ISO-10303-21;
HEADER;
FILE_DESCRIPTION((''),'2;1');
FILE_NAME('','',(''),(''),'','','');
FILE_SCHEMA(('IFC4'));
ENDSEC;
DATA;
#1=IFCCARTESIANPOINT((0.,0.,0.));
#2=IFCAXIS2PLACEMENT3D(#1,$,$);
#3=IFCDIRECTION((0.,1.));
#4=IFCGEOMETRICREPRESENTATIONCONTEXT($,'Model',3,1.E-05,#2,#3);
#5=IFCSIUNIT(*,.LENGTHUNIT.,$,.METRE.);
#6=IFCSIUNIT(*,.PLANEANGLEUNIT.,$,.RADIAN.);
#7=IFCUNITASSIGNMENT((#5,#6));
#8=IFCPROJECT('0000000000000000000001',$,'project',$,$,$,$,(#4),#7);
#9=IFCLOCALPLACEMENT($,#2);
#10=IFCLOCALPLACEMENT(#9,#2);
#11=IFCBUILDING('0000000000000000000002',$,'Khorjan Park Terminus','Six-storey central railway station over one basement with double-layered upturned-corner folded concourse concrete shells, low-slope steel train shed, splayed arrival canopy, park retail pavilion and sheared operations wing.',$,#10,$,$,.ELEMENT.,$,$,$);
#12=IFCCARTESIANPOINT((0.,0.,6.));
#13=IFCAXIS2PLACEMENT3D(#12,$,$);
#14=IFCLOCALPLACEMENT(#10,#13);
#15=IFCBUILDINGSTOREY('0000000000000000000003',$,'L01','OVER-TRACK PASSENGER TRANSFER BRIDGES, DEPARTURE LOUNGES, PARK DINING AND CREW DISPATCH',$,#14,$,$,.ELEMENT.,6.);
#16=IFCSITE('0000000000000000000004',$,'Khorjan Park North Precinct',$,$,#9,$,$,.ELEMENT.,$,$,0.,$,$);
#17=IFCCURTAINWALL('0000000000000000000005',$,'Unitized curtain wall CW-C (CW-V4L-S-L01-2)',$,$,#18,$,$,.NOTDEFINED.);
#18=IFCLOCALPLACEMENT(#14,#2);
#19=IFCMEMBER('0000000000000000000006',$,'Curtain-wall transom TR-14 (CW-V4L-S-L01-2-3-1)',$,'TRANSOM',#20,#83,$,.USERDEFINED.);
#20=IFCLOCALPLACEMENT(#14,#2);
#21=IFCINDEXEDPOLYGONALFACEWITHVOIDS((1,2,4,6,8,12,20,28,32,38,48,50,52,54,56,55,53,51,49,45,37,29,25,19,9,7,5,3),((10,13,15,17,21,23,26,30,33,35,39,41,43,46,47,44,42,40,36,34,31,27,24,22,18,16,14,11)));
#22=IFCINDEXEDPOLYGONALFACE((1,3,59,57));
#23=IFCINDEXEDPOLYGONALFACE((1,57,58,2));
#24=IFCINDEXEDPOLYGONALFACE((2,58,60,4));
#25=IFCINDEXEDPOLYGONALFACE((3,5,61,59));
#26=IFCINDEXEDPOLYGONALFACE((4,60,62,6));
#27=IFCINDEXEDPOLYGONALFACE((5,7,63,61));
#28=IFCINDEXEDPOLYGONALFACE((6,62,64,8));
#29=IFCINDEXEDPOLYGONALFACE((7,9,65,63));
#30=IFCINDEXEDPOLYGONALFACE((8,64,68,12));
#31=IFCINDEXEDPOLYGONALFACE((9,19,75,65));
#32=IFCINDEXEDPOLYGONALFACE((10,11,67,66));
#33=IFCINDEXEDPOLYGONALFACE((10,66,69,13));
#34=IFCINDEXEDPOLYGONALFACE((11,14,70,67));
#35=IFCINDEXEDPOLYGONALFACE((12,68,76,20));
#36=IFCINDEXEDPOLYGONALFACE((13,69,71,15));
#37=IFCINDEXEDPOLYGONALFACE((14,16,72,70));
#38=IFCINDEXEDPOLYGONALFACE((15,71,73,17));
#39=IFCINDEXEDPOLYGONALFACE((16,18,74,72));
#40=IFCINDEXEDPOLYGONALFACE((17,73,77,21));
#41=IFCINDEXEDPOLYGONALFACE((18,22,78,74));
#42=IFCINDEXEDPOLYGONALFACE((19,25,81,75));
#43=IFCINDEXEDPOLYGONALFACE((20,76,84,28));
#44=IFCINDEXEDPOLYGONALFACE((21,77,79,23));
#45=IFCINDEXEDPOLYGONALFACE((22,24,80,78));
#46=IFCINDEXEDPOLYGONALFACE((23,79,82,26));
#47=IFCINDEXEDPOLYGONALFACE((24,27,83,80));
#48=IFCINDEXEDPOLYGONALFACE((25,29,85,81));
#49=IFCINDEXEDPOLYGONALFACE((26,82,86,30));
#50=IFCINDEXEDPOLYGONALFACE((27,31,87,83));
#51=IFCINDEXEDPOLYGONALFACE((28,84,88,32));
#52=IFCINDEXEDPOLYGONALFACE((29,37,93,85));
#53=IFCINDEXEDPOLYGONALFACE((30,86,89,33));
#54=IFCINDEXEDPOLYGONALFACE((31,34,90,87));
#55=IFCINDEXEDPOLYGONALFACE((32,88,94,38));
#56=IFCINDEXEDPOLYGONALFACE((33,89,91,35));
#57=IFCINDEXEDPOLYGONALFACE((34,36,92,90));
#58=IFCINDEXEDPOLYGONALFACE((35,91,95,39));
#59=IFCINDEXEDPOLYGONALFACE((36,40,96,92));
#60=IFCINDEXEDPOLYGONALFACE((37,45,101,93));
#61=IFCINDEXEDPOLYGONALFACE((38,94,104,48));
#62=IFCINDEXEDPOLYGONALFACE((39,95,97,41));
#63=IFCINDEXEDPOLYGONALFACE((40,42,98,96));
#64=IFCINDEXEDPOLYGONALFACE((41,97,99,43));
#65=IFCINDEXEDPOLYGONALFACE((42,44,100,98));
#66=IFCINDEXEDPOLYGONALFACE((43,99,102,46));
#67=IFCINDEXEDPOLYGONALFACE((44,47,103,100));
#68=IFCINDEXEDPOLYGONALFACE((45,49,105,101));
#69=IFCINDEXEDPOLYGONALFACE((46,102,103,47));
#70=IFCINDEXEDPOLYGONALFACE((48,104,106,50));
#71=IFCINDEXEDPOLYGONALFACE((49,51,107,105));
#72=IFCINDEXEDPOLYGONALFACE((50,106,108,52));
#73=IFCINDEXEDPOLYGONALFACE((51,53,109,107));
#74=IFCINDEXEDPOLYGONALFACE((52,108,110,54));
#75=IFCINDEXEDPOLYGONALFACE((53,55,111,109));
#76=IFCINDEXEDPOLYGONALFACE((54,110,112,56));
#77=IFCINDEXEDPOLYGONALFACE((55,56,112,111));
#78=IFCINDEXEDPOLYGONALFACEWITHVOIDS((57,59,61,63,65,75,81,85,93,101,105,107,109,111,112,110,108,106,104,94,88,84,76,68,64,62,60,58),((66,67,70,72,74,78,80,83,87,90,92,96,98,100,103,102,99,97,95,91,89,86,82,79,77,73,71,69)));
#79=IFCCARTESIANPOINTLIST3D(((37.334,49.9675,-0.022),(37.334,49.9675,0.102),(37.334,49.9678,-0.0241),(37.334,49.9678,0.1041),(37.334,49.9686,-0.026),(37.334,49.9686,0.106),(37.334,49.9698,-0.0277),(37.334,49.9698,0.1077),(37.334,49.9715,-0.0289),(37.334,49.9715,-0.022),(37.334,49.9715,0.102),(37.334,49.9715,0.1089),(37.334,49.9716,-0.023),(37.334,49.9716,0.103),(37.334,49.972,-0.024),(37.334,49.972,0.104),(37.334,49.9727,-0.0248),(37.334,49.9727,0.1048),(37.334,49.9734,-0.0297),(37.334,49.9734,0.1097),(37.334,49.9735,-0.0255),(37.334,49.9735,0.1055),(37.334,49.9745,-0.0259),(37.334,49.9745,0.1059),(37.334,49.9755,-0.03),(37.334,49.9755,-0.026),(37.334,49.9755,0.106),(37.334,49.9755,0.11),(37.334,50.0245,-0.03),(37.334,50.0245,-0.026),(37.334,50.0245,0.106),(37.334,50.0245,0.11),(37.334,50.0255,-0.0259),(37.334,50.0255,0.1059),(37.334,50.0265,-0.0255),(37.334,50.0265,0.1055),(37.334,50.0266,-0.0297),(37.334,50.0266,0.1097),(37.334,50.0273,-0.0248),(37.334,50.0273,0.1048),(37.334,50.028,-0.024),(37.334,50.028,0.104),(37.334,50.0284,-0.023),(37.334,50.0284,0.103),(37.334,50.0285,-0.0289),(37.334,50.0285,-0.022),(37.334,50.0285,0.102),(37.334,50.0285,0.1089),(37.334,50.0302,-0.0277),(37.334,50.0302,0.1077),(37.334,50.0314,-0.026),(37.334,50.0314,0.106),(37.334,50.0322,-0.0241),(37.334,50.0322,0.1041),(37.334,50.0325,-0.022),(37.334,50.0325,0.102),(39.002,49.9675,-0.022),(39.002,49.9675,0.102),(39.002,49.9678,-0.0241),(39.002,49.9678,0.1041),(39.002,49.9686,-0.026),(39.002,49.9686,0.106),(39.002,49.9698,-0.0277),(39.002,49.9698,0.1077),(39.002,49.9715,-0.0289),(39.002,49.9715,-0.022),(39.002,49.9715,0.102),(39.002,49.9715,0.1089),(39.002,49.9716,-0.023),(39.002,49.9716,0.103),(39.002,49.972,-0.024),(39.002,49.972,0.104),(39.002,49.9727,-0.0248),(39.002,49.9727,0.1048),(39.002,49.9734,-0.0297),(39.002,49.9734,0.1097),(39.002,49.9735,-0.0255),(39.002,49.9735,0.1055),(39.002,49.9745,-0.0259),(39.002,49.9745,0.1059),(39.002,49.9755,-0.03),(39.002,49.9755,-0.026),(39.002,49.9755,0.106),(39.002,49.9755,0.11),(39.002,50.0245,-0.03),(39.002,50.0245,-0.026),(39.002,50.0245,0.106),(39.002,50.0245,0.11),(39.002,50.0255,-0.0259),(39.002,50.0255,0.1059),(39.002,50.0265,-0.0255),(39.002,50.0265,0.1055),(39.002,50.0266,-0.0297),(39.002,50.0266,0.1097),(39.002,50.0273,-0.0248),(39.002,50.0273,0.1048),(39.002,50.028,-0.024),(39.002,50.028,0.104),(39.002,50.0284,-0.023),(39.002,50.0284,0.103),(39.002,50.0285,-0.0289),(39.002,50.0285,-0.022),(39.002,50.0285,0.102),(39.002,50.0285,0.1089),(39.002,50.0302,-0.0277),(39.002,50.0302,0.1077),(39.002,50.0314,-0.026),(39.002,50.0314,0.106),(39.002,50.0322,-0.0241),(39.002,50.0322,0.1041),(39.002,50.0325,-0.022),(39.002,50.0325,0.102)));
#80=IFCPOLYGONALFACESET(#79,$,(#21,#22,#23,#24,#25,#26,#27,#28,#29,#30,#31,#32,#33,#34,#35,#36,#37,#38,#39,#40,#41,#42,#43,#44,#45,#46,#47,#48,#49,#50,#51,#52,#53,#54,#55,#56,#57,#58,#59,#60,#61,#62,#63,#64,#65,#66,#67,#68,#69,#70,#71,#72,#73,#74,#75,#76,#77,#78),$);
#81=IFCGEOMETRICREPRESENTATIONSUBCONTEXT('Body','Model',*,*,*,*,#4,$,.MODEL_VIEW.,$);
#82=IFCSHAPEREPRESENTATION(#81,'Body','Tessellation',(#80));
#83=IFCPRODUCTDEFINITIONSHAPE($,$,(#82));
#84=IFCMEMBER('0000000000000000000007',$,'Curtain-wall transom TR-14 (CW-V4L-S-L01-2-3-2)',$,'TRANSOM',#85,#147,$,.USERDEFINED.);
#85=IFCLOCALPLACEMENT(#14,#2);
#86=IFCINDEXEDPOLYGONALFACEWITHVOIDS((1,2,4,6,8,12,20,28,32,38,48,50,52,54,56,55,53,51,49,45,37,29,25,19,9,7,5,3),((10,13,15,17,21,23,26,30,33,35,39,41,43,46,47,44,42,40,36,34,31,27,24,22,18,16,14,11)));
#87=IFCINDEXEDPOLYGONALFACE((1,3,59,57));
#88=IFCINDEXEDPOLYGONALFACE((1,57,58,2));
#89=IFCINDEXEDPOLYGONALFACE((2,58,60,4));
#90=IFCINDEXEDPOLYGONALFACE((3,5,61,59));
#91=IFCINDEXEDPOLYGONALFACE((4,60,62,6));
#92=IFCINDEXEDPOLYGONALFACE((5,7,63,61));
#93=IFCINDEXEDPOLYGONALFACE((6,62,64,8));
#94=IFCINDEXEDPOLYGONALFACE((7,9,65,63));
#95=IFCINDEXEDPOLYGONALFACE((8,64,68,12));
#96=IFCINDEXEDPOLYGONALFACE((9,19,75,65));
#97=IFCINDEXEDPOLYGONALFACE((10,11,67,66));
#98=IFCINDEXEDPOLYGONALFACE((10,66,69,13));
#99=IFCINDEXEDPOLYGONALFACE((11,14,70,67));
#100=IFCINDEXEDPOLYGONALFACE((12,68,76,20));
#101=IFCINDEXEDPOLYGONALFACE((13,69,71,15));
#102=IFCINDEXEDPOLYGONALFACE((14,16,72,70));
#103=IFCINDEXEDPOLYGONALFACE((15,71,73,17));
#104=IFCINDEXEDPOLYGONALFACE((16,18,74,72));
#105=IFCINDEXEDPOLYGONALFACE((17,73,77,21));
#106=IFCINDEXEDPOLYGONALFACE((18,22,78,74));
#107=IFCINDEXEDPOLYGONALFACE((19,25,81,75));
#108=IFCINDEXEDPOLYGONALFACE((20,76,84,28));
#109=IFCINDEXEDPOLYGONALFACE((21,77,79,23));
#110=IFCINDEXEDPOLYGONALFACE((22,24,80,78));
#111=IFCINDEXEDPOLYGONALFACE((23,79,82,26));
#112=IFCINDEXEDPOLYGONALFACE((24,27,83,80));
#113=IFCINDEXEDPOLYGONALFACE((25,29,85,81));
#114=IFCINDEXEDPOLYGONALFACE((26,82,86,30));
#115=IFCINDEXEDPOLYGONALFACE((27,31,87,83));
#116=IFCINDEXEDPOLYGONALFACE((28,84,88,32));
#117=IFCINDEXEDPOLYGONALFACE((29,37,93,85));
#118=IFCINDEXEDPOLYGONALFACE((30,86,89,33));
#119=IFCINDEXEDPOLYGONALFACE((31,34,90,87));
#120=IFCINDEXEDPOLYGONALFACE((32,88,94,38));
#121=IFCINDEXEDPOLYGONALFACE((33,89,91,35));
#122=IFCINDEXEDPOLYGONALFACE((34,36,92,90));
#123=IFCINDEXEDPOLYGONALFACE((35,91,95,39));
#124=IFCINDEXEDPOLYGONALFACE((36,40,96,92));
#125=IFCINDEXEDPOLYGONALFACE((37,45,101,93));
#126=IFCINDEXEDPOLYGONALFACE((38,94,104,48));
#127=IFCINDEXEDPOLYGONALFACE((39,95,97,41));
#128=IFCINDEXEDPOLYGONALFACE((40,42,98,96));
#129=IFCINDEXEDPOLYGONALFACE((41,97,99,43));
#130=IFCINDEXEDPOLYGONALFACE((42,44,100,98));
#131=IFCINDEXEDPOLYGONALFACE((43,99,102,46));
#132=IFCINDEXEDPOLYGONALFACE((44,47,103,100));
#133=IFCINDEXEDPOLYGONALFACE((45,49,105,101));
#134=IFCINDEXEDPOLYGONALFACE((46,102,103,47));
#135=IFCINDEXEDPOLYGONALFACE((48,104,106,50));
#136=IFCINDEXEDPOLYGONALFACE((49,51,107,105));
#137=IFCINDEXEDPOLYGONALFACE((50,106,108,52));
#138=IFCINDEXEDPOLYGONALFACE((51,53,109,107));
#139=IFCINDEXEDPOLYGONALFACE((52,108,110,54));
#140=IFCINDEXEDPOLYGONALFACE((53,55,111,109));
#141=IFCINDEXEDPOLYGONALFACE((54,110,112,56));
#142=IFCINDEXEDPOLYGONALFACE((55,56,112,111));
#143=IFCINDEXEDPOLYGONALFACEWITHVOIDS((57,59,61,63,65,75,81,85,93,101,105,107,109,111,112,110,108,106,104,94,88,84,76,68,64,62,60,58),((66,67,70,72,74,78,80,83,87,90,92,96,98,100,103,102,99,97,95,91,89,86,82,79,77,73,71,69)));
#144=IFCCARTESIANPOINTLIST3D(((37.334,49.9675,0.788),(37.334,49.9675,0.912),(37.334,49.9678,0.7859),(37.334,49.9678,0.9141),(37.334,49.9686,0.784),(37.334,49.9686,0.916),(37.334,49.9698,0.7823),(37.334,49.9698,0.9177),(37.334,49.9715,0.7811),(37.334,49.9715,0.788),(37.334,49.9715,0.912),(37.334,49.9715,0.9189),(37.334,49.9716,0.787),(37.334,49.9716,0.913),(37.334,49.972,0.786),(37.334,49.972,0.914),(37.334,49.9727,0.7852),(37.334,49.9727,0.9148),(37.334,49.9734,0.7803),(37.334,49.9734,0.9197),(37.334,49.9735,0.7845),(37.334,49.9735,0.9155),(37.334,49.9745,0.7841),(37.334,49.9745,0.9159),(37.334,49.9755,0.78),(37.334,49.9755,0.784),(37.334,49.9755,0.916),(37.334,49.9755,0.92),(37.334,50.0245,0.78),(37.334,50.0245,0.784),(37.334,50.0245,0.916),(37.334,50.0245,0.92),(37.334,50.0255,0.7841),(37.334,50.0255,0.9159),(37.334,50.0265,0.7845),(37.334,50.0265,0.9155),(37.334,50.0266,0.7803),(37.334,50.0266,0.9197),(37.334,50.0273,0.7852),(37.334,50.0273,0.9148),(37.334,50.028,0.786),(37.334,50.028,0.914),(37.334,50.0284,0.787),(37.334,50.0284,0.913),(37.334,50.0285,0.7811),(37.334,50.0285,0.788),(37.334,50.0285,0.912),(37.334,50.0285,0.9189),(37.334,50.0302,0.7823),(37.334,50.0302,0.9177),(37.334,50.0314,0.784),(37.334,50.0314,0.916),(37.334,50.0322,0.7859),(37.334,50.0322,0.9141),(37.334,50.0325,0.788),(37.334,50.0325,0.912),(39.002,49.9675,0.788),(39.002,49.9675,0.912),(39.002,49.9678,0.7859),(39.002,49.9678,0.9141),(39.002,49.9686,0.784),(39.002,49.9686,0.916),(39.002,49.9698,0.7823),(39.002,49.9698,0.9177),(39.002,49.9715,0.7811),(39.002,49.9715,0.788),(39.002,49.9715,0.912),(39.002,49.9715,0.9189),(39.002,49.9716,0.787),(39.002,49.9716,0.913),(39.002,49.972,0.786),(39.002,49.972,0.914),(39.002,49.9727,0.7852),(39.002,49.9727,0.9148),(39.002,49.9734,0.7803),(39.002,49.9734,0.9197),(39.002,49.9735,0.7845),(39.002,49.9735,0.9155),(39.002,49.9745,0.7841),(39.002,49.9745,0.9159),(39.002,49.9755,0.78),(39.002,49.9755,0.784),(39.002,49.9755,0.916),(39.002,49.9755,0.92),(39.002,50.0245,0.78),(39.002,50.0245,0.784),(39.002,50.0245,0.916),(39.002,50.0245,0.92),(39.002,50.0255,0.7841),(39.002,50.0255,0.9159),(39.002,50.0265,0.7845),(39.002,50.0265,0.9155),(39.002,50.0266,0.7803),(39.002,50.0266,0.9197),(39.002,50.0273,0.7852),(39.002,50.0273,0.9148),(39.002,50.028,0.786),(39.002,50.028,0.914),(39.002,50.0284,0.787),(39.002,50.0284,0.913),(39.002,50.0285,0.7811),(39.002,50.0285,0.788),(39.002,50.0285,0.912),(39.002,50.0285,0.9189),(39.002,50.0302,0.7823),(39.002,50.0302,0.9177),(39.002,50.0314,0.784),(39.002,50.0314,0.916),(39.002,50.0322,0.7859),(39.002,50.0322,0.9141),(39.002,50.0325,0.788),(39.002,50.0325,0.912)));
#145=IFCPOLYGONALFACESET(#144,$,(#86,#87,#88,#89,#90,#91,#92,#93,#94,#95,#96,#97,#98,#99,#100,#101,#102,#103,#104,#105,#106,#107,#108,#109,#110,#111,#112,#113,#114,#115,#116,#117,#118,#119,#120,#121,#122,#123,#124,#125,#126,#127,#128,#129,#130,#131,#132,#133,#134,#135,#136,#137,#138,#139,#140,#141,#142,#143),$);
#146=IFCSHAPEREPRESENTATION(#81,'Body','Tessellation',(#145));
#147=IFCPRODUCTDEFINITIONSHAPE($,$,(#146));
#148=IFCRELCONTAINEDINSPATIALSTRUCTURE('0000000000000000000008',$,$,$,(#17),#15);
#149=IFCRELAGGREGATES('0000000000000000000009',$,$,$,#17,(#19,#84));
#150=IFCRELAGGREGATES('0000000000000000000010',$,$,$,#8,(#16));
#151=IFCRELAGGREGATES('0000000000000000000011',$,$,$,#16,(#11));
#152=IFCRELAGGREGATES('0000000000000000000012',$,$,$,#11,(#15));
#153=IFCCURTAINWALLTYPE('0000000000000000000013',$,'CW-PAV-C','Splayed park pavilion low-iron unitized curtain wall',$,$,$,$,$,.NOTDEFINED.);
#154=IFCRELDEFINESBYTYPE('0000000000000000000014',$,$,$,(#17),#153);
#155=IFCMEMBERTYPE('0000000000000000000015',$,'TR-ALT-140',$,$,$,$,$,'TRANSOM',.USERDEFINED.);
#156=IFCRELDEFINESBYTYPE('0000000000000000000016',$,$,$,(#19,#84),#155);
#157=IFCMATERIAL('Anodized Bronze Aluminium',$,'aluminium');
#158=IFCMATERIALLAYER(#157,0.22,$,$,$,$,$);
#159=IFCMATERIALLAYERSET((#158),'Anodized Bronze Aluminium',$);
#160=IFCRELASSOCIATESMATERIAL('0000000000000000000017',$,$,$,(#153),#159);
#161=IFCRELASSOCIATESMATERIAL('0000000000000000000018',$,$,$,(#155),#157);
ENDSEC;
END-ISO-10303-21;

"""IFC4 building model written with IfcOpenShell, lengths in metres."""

from ifc_helpers import new_model, si_unit, direction, frame, origin, origin_2d, place, context, subcontext, project, spatial, hollow_rectangle, extrude, material, layer, layer_set, material_profile, profile_set, type_object, element, aggregate, save


model = new_model("IFC4")

# Units and contexts
model_context = context("Model", 3, precision=1e-05, world=origin(), true_north=direction((0.0, 1.0)))
body_context = subcontext(model_context, "Body", "Model", "MODEL_VIEW")
ifc_project = project(units=[si_unit("LENGTHUNIT", "METRE"), si_unit("PLANEANGLEUNIT", "RADIAN")], contexts=[model_context])

# Site, building, storey
site_placement = place(None, origin())
site = spatial("IfcSite", under=ifc_project, at=site_placement, Name="Khorjan Park North Precinct", CompositionType="ELEMENT", RefElevation=0.0)
building_placement = place(site_placement, origin())
building = spatial("IfcBuilding", under=site, at=building_placement, Name="Khorjan Park Terminus", Description="Six-storey central railway station over one basement with double-layered upturned-corner folded concourse concrete shells, low-slope steel train shed, splayed arrival canopy, park retail pavilion and sheared operations wing.", CompositionType="ELEMENT")
storey_placement = place(building_placement, frame((0.0, 0.0, 6.0)))
storey = spatial("IfcBuildingStorey", under=building, at=storey_placement, Name="L01", Description="OVER-TRACK PASSENGER TRANSFER BRIDGES, DEPARTURE LOUNGES, PARK DINING AND CREW DISPATCH", CompositionType="ELEMENT", Elevation=6.0)

# Curtain wall, members
ifc_material_1 = material(Name="Anodized Bronze Aluminium", Category="aluminium")
ifc_layer_1 = layer(ifc_material_1, 0.22)
ifc_layer_set_1 = layer_set([ifc_layer_1], Name="Anodized Bronze Aluminium")
curtain_wall_type = type_object("IfcCurtainWallType", Name="CW-PAV-C", Description="Splayed park pavilion low-iron unitized curtain wall", PredefinedType="NOTDEFINED", material=ifc_layer_set_1)
curtain_wall_placement = place(storey_placement, origin())
curtain_wall = element("IfcCurtainWall", 1, at=curtain_wall_placement, inside=storey, type_object=curtain_wall_type, Name="Unitized curtain wall CW-C (CW-V4L-S-L01-2)", PredefinedType="NOTDEFINED")
ifc_material_profile_1 = material_profile(ifc_material_1, hollow_rectangle(XDim=0.065, YDim=0.14, WallThickness=0.004, InnerFilletRadius=0.004, OuterFilletRadius=0.008, at=origin_2d()), Name="ALT 65x140x4")
ifc_profile_set_1 = profile_set([ifc_material_profile_1], Name="Anodized Bronze Aluminium")
member_type_1 = type_object("IfcMemberType", Name="TR-ALT-140", ElementType="TRANSOM", PredefinedType="USERDEFINED", material=ifc_profile_set_1)
member_1_placement = place(storey_placement, frame((37.334, 50.0, 0.04), z_axis=(1.0, 0.0, 0.0), x_axis=(0.0, 1.0, 0.0)))
member_1 = element("IfcMember", 2, at=member_1_placement, type_object=member_type_1, Name="Curtain-wall transom TR-14 (CW-V4L-S-L01-2-3-1)", ObjectType="TRANSOM", PredefinedType="USERDEFINED", context=body_context, shape_type="SweptSolid", body=[
    extrude(hollow_rectangle(XDim=0.065, YDim=0.14, WallThickness=0.004, InnerFilletRadius=0.004, OuterFilletRadius=0.008, at=origin_2d()), origin(), (0.0, 0.0, 1.0), 1.668),
])
member_2_placement = place(storey_placement, frame((37.334, 50.0, 0.85), z_axis=(1.0, 0.0, 0.0), x_axis=(0.0, 1.0, 0.0)))
member_2 = element("IfcMember", 3, at=member_2_placement, type_object=member_type_1, Name="Curtain-wall transom TR-14 (CW-V4L-S-L01-2-3-2)", ObjectType="TRANSOM", PredefinedType="USERDEFINED", context=body_context, shape_type="SweptSolid", body=[
    extrude(hollow_rectangle(XDim=0.065, YDim=0.14, WallThickness=0.004, InnerFilletRadius=0.004, OuterFilletRadius=0.008, at=origin_2d()), origin(), (0.0, 0.0, 1.0), 1.668),
])
aggregate(curtain_wall, [member_1, member_2])

save(model, "model.ifc")
